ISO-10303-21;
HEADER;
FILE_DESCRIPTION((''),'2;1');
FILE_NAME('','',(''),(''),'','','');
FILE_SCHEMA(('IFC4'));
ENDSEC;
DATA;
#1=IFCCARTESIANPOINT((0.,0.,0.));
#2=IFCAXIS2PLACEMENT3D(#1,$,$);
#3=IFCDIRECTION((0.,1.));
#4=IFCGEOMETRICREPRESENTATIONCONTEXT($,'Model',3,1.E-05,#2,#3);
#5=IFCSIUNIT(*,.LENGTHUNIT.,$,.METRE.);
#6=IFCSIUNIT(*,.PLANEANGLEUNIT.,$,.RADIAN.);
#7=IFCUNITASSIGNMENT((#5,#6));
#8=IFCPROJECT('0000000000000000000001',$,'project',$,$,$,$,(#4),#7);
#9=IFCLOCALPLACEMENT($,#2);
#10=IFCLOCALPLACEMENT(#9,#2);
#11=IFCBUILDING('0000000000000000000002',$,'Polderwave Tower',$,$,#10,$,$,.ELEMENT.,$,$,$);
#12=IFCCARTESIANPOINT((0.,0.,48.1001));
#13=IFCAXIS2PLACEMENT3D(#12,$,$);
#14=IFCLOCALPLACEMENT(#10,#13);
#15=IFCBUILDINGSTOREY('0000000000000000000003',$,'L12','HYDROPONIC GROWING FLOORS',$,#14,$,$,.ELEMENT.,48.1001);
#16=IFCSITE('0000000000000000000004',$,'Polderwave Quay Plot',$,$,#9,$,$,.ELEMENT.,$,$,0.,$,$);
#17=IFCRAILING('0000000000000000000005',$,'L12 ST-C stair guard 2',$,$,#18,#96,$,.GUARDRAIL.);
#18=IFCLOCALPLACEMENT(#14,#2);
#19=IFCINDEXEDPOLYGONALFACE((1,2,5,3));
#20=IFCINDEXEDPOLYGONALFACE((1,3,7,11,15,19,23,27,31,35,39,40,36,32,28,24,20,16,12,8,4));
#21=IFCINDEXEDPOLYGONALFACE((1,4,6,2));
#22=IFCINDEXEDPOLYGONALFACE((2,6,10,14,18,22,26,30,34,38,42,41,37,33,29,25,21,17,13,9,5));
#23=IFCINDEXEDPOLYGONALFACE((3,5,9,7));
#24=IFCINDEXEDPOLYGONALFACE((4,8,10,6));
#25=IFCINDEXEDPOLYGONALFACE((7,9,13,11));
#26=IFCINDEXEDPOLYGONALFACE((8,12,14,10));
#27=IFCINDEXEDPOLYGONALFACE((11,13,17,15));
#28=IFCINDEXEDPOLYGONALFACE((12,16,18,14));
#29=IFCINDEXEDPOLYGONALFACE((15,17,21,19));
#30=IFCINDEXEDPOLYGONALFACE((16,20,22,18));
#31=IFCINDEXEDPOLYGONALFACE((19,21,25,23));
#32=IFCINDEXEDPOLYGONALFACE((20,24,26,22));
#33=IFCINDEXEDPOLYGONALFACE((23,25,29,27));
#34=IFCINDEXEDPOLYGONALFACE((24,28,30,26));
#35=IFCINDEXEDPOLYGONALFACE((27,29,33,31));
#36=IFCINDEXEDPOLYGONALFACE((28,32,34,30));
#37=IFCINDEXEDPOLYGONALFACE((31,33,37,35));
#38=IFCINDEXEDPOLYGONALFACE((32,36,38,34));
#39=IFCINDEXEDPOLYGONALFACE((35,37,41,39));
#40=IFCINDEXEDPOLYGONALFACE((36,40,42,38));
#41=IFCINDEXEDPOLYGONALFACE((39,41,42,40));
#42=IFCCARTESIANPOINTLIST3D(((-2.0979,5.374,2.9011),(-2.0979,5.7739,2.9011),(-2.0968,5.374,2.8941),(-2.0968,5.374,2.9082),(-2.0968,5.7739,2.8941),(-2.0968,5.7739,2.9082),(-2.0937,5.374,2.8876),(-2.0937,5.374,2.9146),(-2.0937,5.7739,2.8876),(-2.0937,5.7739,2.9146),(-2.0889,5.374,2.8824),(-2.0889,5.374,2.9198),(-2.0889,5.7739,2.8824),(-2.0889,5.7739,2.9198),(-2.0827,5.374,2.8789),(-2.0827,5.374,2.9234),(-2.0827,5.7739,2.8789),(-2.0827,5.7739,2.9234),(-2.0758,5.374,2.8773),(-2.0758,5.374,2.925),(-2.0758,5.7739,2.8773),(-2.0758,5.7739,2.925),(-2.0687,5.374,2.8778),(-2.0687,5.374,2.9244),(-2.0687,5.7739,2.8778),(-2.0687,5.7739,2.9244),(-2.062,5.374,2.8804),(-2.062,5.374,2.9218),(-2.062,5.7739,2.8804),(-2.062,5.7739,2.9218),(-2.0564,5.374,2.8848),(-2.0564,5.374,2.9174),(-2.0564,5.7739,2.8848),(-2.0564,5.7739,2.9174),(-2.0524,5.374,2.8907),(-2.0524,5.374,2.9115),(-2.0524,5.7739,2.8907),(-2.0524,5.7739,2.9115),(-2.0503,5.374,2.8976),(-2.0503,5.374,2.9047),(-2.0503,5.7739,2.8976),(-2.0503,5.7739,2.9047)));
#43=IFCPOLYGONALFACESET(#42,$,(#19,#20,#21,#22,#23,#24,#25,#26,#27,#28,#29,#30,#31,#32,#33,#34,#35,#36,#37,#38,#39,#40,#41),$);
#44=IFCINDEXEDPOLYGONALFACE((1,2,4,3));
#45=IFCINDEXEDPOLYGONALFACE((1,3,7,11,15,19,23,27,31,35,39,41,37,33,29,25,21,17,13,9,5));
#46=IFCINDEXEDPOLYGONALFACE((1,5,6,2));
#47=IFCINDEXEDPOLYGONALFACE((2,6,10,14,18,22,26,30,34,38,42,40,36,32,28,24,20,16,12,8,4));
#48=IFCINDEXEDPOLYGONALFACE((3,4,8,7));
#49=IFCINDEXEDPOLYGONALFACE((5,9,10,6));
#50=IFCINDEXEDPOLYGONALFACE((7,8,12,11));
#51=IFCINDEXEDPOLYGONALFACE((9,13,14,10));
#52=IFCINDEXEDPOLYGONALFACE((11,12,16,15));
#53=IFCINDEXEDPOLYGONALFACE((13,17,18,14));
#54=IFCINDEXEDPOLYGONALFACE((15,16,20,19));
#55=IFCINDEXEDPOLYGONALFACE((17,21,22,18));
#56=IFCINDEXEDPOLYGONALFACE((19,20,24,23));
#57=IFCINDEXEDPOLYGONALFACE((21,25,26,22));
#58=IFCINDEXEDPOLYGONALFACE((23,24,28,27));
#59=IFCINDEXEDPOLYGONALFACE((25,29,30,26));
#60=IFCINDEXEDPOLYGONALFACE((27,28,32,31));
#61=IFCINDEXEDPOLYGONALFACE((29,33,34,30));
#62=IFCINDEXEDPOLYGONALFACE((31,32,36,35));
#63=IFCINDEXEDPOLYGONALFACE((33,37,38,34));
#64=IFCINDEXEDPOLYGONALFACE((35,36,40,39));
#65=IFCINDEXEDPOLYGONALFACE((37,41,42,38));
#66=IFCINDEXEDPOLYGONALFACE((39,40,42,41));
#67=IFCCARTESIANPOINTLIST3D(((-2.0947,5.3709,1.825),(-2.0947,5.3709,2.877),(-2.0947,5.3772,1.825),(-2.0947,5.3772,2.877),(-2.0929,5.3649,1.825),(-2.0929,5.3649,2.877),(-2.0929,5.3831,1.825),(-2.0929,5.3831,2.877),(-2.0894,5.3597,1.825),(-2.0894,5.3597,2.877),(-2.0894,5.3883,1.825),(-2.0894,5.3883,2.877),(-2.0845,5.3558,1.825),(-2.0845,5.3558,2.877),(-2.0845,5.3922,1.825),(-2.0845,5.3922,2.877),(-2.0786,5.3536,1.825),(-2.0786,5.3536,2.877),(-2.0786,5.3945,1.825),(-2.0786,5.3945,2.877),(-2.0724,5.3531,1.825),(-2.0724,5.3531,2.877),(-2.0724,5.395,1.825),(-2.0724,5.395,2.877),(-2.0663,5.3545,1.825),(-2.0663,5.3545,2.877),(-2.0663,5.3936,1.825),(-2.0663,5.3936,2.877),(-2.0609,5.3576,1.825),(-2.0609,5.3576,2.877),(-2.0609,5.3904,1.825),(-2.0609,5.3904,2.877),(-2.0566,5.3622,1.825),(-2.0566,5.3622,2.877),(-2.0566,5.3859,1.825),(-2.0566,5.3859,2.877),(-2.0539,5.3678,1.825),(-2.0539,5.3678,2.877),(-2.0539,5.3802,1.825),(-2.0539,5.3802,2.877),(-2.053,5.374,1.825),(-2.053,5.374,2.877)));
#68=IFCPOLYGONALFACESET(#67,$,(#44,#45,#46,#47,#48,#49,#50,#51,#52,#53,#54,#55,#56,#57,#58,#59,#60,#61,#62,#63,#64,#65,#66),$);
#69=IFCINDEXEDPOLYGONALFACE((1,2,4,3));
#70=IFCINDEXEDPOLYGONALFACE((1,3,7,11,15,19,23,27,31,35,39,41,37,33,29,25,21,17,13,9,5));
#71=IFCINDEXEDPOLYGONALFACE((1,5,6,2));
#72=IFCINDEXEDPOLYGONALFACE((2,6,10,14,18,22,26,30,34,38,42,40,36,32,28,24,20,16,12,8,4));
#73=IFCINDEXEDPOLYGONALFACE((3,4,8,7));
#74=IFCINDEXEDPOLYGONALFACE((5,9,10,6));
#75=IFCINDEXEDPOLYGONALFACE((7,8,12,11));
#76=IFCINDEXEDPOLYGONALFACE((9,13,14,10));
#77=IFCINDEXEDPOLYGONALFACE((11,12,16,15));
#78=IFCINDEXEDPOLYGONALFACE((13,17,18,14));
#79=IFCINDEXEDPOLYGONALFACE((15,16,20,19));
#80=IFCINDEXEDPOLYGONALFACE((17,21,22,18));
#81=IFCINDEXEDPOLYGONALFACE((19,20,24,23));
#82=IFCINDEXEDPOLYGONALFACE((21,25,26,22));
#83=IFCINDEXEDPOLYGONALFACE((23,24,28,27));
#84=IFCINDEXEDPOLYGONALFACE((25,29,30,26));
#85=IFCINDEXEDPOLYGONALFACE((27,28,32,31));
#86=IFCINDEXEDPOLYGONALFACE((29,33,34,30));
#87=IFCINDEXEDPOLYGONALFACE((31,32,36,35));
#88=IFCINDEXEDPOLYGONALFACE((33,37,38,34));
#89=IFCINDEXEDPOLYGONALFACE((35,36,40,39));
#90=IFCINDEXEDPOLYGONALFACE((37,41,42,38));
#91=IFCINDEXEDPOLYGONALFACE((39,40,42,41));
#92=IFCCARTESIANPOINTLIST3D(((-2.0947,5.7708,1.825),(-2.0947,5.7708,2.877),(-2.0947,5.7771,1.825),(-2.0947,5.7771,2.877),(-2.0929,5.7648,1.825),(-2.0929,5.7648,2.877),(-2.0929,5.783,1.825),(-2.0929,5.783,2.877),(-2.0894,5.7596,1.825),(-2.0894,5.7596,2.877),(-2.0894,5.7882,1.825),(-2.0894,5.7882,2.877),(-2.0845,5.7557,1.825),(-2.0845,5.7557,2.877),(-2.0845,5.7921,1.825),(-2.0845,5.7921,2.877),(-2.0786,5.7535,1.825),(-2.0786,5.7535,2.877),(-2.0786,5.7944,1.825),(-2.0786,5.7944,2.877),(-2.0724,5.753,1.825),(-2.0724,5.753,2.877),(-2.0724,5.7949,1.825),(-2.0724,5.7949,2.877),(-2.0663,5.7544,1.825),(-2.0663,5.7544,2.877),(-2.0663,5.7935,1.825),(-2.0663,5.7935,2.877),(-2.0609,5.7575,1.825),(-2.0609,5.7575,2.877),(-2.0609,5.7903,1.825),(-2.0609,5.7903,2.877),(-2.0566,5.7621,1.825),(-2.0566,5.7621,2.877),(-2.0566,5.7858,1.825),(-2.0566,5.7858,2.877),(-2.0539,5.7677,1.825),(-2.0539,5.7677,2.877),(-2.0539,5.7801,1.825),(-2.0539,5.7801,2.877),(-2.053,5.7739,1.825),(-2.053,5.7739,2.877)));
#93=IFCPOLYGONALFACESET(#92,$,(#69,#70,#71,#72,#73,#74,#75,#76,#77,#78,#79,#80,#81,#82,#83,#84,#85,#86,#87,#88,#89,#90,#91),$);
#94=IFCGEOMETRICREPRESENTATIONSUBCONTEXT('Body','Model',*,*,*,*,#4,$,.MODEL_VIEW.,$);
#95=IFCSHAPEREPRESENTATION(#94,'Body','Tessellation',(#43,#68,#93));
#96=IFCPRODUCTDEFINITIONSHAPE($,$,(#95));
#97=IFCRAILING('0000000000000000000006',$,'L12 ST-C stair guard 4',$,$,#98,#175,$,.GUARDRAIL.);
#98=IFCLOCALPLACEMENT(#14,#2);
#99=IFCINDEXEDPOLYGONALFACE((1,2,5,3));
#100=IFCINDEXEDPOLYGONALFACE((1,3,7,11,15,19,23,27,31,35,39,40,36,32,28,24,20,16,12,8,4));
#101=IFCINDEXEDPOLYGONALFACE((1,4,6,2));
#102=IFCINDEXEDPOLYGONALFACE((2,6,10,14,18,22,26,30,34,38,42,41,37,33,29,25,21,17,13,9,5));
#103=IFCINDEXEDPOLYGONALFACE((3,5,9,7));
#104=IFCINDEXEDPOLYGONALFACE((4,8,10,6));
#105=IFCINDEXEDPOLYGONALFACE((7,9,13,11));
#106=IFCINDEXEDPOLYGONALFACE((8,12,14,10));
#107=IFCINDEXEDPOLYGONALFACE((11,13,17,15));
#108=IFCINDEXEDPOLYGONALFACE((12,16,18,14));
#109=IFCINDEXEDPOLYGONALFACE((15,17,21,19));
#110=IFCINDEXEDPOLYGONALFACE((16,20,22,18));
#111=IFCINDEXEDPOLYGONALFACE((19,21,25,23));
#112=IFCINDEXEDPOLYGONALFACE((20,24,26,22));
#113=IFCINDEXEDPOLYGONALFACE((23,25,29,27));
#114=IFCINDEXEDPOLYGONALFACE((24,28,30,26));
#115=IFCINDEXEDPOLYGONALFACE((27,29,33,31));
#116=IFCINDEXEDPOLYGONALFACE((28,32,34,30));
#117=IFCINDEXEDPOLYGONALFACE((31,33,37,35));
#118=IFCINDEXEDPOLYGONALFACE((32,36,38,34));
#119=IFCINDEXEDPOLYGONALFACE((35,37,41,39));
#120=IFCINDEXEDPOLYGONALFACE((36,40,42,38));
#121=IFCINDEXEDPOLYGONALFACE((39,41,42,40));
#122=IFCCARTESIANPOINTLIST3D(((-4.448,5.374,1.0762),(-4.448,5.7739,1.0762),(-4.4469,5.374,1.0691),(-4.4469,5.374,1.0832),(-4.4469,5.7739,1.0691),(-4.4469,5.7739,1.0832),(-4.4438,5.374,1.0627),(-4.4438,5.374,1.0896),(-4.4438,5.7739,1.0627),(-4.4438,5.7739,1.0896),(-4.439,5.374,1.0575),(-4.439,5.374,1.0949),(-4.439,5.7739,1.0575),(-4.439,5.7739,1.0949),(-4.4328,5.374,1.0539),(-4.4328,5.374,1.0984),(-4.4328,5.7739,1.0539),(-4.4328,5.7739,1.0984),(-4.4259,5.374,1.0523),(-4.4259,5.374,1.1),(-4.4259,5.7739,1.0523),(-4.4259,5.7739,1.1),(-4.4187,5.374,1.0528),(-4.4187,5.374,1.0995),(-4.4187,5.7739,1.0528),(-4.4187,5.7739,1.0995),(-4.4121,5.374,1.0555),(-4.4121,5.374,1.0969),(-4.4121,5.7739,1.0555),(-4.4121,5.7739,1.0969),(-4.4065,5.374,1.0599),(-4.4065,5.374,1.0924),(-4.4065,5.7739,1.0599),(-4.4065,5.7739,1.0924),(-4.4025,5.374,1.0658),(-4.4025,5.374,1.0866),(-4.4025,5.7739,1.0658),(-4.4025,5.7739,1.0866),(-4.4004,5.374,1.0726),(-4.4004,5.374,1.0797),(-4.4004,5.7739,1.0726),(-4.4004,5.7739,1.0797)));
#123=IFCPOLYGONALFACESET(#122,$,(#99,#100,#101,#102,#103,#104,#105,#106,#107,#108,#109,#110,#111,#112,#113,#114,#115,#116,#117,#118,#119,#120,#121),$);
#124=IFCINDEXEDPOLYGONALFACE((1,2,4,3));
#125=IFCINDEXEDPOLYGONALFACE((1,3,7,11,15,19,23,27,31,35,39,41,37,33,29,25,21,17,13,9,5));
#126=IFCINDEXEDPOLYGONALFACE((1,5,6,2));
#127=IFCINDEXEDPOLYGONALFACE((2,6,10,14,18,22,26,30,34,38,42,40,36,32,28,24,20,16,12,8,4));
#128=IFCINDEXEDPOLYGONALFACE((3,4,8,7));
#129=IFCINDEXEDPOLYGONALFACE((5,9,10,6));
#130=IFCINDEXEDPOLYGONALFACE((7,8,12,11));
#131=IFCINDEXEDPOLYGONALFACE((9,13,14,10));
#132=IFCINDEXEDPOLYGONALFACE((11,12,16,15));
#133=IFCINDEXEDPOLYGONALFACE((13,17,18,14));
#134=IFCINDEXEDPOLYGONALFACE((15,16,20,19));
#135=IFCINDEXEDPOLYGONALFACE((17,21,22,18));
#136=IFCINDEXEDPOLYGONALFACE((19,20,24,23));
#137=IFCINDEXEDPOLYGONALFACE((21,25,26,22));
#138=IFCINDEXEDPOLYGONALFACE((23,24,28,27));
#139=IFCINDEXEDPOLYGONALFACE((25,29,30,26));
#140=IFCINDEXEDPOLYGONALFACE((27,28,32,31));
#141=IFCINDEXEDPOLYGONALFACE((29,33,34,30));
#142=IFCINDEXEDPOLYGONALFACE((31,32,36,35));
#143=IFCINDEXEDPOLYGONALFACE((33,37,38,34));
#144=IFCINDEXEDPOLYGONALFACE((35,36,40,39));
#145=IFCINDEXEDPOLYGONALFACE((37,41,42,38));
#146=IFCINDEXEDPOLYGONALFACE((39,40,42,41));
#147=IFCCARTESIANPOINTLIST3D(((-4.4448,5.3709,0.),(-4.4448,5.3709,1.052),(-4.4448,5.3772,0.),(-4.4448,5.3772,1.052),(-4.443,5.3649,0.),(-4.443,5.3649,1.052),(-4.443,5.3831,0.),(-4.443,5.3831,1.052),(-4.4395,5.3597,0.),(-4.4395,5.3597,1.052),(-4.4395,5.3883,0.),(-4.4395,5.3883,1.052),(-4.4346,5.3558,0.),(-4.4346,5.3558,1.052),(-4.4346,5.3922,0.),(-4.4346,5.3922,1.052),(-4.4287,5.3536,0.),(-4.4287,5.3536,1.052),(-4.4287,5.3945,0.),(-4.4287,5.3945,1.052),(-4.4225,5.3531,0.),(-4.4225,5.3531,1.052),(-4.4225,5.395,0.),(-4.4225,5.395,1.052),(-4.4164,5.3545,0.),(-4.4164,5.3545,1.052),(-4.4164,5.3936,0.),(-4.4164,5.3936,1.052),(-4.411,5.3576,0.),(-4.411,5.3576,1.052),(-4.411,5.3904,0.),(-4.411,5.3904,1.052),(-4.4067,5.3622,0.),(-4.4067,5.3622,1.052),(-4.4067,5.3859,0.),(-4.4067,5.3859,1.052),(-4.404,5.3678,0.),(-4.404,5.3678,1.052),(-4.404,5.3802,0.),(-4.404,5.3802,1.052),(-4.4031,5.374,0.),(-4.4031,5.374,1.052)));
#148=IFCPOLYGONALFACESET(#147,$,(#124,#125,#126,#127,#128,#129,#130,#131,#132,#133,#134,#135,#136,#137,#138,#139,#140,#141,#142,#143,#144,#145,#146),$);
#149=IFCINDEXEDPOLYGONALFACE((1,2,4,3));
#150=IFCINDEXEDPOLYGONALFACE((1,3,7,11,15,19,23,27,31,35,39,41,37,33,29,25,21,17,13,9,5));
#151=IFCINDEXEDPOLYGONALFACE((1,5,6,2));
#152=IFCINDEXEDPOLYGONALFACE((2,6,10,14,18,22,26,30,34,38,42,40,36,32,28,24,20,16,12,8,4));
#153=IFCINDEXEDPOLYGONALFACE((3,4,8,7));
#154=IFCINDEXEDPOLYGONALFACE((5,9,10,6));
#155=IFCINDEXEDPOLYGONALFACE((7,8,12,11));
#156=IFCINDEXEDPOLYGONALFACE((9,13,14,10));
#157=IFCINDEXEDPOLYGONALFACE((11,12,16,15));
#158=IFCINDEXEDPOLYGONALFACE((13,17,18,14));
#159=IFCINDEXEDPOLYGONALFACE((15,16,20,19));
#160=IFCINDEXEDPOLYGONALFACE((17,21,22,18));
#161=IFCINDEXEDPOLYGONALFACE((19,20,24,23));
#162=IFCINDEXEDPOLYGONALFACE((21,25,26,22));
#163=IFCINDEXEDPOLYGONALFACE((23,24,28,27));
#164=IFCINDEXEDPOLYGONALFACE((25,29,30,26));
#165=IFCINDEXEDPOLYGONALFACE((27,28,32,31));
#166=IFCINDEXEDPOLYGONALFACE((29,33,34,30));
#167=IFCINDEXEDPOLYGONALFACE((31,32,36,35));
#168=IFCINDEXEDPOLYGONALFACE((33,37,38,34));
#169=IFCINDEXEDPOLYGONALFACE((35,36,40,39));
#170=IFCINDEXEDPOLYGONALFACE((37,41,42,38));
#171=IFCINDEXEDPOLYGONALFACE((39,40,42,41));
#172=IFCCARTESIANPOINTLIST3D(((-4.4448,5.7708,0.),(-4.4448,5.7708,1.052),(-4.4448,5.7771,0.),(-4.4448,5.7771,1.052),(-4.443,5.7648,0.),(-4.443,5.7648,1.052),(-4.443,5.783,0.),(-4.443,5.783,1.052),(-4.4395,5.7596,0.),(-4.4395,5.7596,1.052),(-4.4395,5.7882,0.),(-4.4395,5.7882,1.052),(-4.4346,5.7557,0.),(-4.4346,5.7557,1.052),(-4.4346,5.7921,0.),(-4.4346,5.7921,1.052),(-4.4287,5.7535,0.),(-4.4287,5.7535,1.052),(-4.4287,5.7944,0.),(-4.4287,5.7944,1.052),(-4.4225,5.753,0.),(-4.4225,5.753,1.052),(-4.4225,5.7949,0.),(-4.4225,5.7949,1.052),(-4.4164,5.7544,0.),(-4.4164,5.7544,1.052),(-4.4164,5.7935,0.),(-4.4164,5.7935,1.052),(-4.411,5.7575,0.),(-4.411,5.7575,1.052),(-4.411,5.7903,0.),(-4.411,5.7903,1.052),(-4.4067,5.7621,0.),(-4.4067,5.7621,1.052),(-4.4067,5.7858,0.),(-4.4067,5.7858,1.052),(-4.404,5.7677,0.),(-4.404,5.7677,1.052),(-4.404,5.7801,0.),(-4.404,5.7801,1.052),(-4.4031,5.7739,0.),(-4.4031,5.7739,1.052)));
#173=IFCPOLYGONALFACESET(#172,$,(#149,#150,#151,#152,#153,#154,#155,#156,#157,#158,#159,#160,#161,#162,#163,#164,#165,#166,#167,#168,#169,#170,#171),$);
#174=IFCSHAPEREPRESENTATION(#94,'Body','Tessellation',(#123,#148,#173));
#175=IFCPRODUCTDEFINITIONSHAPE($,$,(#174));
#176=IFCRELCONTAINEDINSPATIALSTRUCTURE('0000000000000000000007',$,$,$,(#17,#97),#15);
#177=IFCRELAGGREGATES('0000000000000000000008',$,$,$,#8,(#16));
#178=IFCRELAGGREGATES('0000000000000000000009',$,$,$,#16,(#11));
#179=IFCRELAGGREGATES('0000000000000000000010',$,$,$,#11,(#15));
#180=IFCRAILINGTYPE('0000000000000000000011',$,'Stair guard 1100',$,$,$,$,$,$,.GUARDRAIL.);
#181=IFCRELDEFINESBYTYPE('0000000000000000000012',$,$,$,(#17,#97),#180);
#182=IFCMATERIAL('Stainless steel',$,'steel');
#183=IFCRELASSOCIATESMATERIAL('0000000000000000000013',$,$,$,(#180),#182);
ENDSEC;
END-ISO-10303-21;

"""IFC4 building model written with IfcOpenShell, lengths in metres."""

from ifc_helpers import new_model, si_unit, direction, frame, origin, origin_2d, place, context, subcontext, project, spatial, circle, extrude, material, type_object, element, save


model = new_model("IFC4")

# Units and contexts
model_context = context("Model", 3, precision=1e-05, world=origin(), true_north=direction((0.0, 1.0)))
body_context = subcontext(model_context, "Body", "Model", "MODEL_VIEW")
ifc_project = project(units=[si_unit("LENGTHUNIT", "METRE"), si_unit("PLANEANGLEUNIT", "RADIAN")], contexts=[model_context])

# Site, building, storey
site_placement = place(None, origin())
site = spatial("IfcSite", under=ifc_project, at=site_placement, Name="Polderwave Quay Plot", CompositionType="ELEMENT", RefElevation=0.0)
building_placement = place(site_placement, origin())
building = spatial("IfcBuilding", under=site, at=building_placement, Name="Polderwave Tower", CompositionType="ELEMENT")
storey_placement = place(building_placement, frame((0.0, 0.0, 48.1001)))
storey = spatial("IfcBuildingStorey", under=building, at=storey_placement, Name="L12", Description="HYDROPONIC GROWING FLOORS", CompositionType="ELEMENT", Elevation=48.1001)

# Railings
ifc_material_1 = material(Name="Stainless steel", Category="steel")
railing_type_1 = type_object("IfcRailingType", Name="Stair guard 1100", PredefinedType="GUARDRAIL", material=ifc_material_1)
for number, where, name in (
    (1, (-2.074, 5.374, 1.825), "L12 ST-C stair guard 2"),
    (2, (-4.4241, 5.374, 0.0), "L12 ST-C stair guard 4"),
):
    element("IfcRailing", number, at=place(storey_placement, frame(where)), inside=storey, type_object=railing_type_1, Name=name, PredefinedType="GUARDRAIL", context=body_context, shape_type="SweptSolid", body=[
        extrude(circle(Radius=0.0239, at=origin_2d()), frame((0.0, 0.0, 1.0762), z_axis=(0.0, 1.0, 0.0), x_axis=(-1.0, 0.0, 0.0)), (0.0, 0.0, 1.0), 0.3999),
        extrude(circle(Radius=0.021, at=origin_2d()), origin(), (0.0, 0.0, 1.0), 1.052),
        extrude(circle(Radius=0.021, at=origin_2d()), frame((0.0, 0.3999, 0.0)), (0.0, 0.0, 1.0), 1.052),
    ])

save(model, "model.ifc")
